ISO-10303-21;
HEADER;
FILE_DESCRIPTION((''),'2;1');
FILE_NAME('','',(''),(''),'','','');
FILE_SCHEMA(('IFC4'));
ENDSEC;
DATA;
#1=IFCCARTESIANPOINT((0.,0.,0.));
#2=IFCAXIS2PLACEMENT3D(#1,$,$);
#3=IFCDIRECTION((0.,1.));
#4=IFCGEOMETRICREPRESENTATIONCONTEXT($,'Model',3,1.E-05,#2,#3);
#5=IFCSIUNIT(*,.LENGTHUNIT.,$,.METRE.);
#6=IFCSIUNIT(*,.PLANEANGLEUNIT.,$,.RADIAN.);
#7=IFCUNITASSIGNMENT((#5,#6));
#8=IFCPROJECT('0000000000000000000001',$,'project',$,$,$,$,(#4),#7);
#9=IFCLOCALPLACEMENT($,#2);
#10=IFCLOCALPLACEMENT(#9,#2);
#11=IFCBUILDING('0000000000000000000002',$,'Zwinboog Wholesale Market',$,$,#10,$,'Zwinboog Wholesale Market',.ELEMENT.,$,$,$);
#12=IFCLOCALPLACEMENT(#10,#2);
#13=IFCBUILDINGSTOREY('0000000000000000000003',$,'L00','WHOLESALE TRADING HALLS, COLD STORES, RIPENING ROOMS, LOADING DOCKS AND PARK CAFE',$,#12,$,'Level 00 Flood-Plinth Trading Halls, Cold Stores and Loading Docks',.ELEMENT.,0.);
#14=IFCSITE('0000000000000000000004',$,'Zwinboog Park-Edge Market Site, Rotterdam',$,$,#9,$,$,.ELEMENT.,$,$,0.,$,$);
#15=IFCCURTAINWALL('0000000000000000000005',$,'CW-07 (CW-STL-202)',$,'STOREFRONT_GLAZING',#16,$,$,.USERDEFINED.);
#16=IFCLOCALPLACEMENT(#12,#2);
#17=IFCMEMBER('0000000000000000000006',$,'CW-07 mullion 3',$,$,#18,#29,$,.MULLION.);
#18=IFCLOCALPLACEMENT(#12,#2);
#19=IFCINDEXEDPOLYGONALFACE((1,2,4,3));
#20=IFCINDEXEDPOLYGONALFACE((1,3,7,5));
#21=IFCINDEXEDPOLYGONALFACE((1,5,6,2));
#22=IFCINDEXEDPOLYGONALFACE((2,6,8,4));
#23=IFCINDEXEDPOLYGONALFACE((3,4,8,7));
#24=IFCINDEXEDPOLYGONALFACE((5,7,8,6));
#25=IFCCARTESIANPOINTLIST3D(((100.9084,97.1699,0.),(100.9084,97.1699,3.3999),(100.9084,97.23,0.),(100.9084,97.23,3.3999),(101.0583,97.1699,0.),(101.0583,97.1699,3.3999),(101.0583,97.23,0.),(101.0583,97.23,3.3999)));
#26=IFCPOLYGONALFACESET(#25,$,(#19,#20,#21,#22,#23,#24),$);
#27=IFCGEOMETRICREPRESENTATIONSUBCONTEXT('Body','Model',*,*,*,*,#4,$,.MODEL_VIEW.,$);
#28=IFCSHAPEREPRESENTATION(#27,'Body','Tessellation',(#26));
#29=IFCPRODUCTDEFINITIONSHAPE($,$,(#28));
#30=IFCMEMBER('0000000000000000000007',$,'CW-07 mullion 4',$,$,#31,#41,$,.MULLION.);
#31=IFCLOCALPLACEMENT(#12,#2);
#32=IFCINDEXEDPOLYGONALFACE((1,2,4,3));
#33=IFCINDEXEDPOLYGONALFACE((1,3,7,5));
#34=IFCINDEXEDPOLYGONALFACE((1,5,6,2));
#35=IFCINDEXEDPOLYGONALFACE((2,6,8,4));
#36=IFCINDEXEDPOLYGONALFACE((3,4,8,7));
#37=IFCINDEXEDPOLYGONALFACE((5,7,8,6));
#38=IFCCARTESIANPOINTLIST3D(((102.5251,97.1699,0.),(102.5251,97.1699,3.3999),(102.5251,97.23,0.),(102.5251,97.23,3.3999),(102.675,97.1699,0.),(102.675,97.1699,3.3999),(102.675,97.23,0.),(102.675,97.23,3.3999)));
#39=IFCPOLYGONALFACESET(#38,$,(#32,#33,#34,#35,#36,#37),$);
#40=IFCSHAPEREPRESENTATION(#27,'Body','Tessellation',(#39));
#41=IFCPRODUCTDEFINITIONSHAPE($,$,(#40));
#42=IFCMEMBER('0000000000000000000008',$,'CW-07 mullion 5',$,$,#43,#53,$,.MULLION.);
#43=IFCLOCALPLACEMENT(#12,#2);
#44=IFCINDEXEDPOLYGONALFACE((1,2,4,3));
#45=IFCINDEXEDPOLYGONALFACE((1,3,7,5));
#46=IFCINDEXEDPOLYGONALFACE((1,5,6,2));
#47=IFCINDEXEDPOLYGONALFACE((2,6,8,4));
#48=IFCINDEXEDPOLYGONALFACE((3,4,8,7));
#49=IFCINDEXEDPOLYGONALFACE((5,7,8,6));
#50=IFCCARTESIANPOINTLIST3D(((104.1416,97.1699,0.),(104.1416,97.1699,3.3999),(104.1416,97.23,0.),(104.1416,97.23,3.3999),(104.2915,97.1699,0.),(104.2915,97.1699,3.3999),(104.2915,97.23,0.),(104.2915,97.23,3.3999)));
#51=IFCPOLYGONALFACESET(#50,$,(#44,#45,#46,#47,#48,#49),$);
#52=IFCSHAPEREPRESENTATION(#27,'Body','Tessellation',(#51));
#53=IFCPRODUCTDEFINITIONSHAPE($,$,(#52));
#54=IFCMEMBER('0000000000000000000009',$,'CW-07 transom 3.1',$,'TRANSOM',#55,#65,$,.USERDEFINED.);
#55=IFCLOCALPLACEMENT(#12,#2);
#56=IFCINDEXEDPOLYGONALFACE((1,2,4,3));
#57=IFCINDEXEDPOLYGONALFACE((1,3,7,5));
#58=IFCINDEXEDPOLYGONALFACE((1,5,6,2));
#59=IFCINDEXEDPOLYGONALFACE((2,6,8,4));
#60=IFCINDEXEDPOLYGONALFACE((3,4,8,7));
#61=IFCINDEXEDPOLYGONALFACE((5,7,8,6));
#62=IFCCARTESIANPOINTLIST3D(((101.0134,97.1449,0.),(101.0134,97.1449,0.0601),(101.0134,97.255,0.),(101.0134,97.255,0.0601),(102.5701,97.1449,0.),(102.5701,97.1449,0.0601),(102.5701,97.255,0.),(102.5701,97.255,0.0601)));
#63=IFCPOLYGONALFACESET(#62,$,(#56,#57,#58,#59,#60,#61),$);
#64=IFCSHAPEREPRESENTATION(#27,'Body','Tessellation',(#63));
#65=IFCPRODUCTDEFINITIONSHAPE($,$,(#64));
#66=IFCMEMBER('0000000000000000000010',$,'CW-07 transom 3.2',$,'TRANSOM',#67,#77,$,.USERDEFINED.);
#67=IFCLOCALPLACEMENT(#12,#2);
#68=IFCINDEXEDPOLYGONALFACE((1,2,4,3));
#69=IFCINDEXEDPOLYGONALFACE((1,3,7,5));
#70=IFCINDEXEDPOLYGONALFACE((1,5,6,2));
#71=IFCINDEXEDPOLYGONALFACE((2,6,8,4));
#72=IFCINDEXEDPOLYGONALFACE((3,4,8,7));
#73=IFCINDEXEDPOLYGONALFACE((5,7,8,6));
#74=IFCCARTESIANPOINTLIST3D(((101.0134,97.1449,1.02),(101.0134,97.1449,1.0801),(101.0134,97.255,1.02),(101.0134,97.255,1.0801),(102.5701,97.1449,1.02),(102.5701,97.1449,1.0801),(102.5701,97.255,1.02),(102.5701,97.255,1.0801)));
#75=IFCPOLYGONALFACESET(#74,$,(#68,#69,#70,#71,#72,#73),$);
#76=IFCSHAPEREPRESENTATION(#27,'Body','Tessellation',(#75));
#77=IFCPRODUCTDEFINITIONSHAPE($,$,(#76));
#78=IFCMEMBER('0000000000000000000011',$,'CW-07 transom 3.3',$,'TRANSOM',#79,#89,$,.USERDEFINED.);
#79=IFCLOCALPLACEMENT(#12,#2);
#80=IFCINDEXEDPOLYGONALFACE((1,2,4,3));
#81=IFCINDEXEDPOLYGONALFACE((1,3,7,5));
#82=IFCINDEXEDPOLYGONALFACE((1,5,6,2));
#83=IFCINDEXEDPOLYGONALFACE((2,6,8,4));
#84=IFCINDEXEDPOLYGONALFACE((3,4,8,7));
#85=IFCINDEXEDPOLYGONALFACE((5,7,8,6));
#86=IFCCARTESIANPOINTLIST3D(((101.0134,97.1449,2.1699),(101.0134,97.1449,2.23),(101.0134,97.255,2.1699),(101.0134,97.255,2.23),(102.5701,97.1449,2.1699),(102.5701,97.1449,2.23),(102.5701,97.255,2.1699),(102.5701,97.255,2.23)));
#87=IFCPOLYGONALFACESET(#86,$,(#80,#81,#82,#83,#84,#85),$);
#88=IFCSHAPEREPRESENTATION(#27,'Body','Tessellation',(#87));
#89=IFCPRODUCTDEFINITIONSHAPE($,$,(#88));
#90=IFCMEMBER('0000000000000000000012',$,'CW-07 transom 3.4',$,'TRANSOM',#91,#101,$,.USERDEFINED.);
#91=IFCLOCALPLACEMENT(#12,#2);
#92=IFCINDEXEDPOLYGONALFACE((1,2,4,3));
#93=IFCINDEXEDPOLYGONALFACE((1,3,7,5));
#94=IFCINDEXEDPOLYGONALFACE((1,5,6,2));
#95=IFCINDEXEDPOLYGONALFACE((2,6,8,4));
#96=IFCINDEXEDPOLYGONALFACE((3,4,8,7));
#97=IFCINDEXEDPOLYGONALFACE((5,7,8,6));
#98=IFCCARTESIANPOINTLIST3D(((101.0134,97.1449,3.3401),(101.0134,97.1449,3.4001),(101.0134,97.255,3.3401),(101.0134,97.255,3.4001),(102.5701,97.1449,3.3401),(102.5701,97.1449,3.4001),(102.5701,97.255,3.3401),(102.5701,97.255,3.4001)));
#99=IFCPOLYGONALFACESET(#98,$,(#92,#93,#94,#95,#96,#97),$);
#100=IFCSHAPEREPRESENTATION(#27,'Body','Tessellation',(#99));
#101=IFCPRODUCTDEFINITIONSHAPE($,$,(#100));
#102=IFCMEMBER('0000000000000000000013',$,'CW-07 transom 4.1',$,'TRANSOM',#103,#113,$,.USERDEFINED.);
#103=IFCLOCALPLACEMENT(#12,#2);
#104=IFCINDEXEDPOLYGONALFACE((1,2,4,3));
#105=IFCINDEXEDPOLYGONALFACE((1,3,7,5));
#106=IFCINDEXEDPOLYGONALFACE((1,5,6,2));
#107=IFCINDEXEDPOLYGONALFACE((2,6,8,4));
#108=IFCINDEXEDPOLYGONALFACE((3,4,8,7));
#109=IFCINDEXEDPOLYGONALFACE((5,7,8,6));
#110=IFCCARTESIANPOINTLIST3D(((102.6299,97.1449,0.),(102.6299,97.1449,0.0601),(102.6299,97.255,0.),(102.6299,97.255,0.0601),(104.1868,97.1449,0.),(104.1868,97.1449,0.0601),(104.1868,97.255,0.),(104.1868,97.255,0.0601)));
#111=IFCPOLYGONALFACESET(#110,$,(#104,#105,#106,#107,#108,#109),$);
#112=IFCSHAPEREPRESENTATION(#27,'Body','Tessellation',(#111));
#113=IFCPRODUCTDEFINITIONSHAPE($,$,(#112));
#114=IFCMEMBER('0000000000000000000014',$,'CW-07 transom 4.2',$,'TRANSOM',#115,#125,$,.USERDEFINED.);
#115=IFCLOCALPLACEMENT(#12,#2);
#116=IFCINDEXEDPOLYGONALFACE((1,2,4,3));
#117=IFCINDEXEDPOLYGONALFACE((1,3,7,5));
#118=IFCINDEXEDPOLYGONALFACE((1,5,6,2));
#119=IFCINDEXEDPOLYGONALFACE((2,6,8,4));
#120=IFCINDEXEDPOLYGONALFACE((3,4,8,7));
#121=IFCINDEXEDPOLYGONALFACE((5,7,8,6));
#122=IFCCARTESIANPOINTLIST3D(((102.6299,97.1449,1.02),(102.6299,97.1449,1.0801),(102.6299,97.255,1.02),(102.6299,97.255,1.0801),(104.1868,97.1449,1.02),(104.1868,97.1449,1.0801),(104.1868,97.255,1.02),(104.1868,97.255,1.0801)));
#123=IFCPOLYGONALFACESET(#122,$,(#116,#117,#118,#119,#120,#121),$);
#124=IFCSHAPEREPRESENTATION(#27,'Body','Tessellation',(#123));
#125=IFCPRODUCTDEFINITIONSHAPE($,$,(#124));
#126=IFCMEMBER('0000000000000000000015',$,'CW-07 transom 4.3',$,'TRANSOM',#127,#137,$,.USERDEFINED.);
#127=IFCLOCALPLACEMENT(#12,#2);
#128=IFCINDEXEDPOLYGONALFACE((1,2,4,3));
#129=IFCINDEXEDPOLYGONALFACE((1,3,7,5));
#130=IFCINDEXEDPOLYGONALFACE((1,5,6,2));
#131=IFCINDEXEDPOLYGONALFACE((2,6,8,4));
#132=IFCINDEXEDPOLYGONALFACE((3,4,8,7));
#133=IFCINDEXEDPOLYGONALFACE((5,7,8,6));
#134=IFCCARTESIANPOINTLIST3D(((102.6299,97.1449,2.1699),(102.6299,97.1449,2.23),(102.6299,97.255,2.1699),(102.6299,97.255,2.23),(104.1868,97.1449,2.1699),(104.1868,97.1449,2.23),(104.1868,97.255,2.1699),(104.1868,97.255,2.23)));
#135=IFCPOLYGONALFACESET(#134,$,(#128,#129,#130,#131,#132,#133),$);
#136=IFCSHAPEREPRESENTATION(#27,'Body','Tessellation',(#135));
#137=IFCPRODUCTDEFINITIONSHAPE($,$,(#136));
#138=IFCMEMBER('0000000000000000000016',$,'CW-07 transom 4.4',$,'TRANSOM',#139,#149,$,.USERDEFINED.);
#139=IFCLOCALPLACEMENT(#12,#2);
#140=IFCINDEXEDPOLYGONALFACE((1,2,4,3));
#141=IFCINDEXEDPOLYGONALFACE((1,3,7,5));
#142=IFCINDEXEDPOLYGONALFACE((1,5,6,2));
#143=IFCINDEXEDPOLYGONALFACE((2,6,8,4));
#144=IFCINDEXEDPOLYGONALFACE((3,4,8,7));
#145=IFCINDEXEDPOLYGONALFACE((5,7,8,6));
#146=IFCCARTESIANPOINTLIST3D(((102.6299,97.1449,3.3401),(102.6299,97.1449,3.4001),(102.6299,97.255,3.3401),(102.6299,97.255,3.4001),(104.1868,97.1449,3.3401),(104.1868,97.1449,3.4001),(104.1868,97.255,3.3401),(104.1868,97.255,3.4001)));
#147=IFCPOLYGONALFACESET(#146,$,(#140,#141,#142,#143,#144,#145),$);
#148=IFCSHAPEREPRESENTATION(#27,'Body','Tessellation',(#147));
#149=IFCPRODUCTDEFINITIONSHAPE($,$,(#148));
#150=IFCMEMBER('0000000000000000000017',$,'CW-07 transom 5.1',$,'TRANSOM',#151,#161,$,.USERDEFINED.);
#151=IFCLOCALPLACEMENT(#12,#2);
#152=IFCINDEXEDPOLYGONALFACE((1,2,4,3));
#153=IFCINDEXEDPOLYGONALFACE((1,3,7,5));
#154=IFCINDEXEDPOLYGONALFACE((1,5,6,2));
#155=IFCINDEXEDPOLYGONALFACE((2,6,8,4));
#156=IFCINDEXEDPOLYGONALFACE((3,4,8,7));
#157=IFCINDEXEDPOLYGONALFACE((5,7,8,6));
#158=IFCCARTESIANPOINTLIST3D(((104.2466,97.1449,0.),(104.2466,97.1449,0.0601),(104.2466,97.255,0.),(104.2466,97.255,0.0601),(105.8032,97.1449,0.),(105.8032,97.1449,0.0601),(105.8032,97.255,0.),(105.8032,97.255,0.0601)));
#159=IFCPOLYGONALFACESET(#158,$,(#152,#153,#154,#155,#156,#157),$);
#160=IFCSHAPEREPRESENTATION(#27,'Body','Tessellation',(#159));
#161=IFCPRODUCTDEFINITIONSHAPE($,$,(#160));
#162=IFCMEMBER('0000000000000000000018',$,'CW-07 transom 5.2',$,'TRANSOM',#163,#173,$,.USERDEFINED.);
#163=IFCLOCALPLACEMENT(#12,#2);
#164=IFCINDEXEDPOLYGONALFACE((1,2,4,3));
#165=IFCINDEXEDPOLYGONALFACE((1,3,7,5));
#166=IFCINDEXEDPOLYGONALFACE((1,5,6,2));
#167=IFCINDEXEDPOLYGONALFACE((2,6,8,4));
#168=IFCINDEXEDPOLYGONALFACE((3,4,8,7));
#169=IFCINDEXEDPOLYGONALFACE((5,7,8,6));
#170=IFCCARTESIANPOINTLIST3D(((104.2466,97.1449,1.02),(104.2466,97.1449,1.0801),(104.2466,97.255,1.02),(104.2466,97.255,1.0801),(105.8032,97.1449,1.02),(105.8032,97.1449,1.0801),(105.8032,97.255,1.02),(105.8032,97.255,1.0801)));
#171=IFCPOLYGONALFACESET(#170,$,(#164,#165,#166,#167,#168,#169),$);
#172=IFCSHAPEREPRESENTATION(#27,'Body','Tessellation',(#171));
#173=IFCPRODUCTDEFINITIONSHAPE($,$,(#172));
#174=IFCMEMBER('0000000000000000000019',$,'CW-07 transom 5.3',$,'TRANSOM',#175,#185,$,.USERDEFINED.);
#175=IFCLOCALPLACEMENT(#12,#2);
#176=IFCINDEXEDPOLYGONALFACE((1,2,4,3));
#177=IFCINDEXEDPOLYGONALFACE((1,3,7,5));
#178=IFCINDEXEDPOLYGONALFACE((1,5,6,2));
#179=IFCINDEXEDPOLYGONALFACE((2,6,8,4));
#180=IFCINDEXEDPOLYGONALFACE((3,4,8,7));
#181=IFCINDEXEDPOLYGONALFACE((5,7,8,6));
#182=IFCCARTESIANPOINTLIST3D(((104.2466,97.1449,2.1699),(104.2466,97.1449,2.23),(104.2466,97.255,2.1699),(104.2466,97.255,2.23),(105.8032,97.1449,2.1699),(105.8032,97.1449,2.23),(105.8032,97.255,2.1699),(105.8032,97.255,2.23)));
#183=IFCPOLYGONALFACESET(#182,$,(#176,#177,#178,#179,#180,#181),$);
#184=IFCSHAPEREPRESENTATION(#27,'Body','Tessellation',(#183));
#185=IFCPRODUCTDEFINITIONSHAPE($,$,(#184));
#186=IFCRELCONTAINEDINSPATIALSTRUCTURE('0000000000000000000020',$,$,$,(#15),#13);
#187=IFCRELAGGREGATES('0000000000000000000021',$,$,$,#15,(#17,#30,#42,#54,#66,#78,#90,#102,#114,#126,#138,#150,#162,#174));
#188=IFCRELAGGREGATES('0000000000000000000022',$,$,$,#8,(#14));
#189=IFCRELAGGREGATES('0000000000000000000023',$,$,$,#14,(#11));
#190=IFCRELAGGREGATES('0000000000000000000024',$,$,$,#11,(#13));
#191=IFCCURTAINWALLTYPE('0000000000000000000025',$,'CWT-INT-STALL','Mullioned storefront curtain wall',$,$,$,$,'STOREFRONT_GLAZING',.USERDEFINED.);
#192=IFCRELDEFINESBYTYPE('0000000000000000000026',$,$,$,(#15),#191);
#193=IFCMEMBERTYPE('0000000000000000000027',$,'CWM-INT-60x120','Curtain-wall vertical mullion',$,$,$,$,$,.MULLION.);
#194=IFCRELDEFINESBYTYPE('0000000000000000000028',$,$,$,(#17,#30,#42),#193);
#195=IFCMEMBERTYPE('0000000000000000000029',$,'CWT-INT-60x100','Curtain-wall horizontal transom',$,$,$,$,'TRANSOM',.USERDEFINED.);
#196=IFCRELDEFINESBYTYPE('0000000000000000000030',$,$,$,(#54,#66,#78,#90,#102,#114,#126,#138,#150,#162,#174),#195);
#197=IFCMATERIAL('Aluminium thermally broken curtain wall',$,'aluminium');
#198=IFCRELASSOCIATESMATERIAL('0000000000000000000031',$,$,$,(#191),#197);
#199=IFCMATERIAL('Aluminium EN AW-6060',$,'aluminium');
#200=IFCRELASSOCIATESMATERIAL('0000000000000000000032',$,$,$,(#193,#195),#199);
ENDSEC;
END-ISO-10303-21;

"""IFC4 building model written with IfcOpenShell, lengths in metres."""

from ifc_helpers import new_model, si_unit, direction, frame, origin, origin_2d, place, context, subcontext, project, spatial, rectangle, extrude, material, material_profile, profile_set, type_object, element, aggregate, save


model = new_model("IFC4")

# Units and contexts
model_context = context("Model", 3, precision=1e-05, world=origin(), true_north=direction((0.0, 1.0)))
body_context = subcontext(model_context, "Body", "Model", "MODEL_VIEW")
ifc_project = project(units=[si_unit("LENGTHUNIT", "METRE"), si_unit("PLANEANGLEUNIT", "RADIAN")], contexts=[model_context])

# Site, building, storey
site_placement = place(None, origin())
site = spatial("IfcSite", under=ifc_project, at=site_placement, Name="Zwinboog Park-Edge Market Site, Rotterdam", CompositionType="ELEMENT", RefElevation=0.0)
building_placement = place(site_placement, origin())
building = spatial("IfcBuilding", under=site, at=building_placement, Name="Zwinboog Wholesale Market", LongName="Zwinboog Wholesale Market", CompositionType="ELEMENT")
storey_placement = place(building_placement, origin())
storey = spatial("IfcBuildingStorey", under=building, at=storey_placement, Name="L00", Description="WHOLESALE TRADING HALLS, COLD STORES, RIPENING ROOMS, LOADING DOCKS AND PARK CAFE", LongName="Level 00 Flood-Plinth Trading Halls, Cold Stores and Loading Docks", CompositionType="ELEMENT", Elevation=0.0)

# Curtain wall, members
ifc_material_1 = material(Name="Aluminium thermally broken curtain wall", Category="aluminium")
curtain_wall_type = type_object("IfcCurtainWallType", Name="CWT-INT-STALL", Description="Mullioned storefront curtain wall", ElementType="STOREFRONT_GLAZING", PredefinedType="USERDEFINED", material=ifc_material_1)
curtain_wall_placement = place(storey_placement, origin())
curtain_wall = element("IfcCurtainWall", 1, at=curtain_wall_placement, inside=storey, type_object=curtain_wall_type, Name="CW-07 (CW-STL-202)", ObjectType="STOREFRONT_GLAZING", PredefinedType="USERDEFINED")
ifc_material_2 = material(Name="Aluminium EN AW-6060", Category="aluminium")
ifc_material_profile_1 = material_profile(ifc_material_2, rectangle(XDim=0.0601, YDim=0.1499, at=origin_2d()), Name="AL 60x150")
ifc_profile_set_1 = profile_set([ifc_material_profile_1], Name="Aluminium EN AW-6060")
member_type_1 = type_object("IfcMemberType", Name="CWM-INT-60x120", Description="Curtain-wall vertical mullion", PredefinedType="MULLION", material=ifc_profile_set_1)
member_1_placement = place(storey_placement, frame((100.9834, 97.2, 0.0), z_axis=(0.0, 0.0, 1.0), x_axis=(0.0, 1.0, 0.0)))
member_1 = element("IfcMember", 2, at=member_1_placement, type_object=member_type_1, Name="CW-07 mullion 3", PredefinedType="MULLION", context=body_context, shape_type="SweptSolid", body=[
    extrude(rectangle(XDim=0.0601, YDim=0.1499, at=origin_2d()), origin(), (0.0, 0.0, 1.0), 3.3999),
])
member_2_placement = place(storey_placement, frame((102.6001, 97.2, 0.0), z_axis=(0.0, 0.0, 1.0), x_axis=(0.0, 1.0, 0.0)))
member_2 = element("IfcMember", 3, at=member_2_placement, type_object=member_type_1, Name="CW-07 mullion 4", PredefinedType="MULLION", context=body_context, shape_type="SweptSolid", body=[
    extrude(rectangle(XDim=0.0601, YDim=0.1499, at=origin_2d()), origin(), (0.0, 0.0, 1.0), 3.3999),
])
member_3_placement = place(storey_placement, frame((104.2166, 97.2, 0.0), z_axis=(0.0, 0.0, 1.0), x_axis=(0.0, 1.0, 0.0)))
member_3 = element("IfcMember", 4, at=member_3_placement, type_object=member_type_1, Name="CW-07 mullion 5", PredefinedType="MULLION", context=body_context, shape_type="SweptSolid", body=[
    extrude(rectangle(XDim=0.0601, YDim=0.1499, at=origin_2d()), origin(), (0.0, 0.0, 1.0), 3.3999),
])
ifc_material_profile_2 = material_profile(ifc_material_2, rectangle(XDim=0.1101, YDim=0.0601, at=origin_2d()), Name="AL 60x110")
ifc_profile_set_2 = profile_set([ifc_material_profile_2], Name="Aluminium EN AW-6060")
member_type_2 = type_object("IfcMemberType", Name="CWT-INT-60x100", Description="Curtain-wall horizontal transom", ElementType="TRANSOM", PredefinedType="USERDEFINED", material=ifc_profile_set_2)
member_4_placement = place(storey_placement, frame((101.0134, 97.2, 0.03), z_axis=(1.0, 0.0, 0.0), x_axis=(0.0, 1.0, 0.0)))
member_4 = element("IfcMember", 5, at=member_4_placement, type_object=member_type_2, Name="CW-07 transom 3.1", ObjectType="TRANSOM", PredefinedType="USERDEFINED", context=body_context, shape_type="SweptSolid", body=[
    extrude(rectangle(XDim=0.1101, YDim=0.0601, at=origin_2d()), origin(), (0.0, 0.0, 1.0), 1.5566),
])
member_5_placement = place(storey_placement, frame((101.0134, 97.2, 1.05), z_axis=(1.0, 0.0, 0.0), x_axis=(0.0, 1.0, 0.0)))
member_5 = element("IfcMember", 6, at=member_5_placement, type_object=member_type_2, Name="CW-07 transom 3.2", ObjectType="TRANSOM", PredefinedType="USERDEFINED", context=body_context, shape_type="SweptSolid", body=[
    extrude(rectangle(XDim=0.1101, YDim=0.0601, at=origin_2d()), origin(), (0.0, 0.0, 1.0), 1.5566),
])
member_6_placement = place(storey_placement, frame((101.0134, 97.2, 2.2), z_axis=(1.0, 0.0, 0.0), x_axis=(0.0, 1.0, 0.0)))
member_6 = element("IfcMember", 7, at=member_6_placement, type_object=member_type_2, Name="CW-07 transom 3.3", ObjectType="TRANSOM", PredefinedType="USERDEFINED", context=body_context, shape_type="SweptSolid", body=[
    extrude(rectangle(XDim=0.1101, YDim=0.0601, at=origin_2d()), origin(), (0.0, 0.0, 1.0), 1.5566),
])
member_7_placement = place(storey_placement, frame((101.0134, 97.2, 3.3701), z_axis=(1.0, 0.0, 0.0), x_axis=(0.0, 1.0, 0.0)))
member_7 = element("IfcMember", 8, at=member_7_placement, type_object=member_type_2, Name="CW-07 transom 3.4", ObjectType="TRANSOM", PredefinedType="USERDEFINED", context=body_context, shape_type="SweptSolid", body=[
    extrude(rectangle(XDim=0.1101, YDim=0.0601, at=origin_2d()), origin(), (0.0, 0.0, 1.0), 1.5566),
])
member_8_placement = place(storey_placement, frame((102.6299, 97.2, 0.03), z_axis=(1.0, 0.0, 0.0), x_axis=(0.0, 1.0, 0.0)))
member_8 = element("IfcMember", 9, at=member_8_placement, type_object=member_type_2, Name="CW-07 transom 4.1", ObjectType="TRANSOM", PredefinedType="USERDEFINED", context=body_context, shape_type="SweptSolid", body=[
    extrude(rectangle(XDim=0.1101, YDim=0.0601, at=origin_2d()), origin(), (0.0, 0.0, 1.0), 1.5569),
])
member_9_placement = place(storey_placement, frame((102.6299, 97.2, 1.05), z_axis=(1.0, 0.0, 0.0), x_axis=(0.0, 1.0, 0.0)))
member_9 = element("IfcMember", 10, at=member_9_placement, type_object=member_type_2, Name="CW-07 transom 4.2", ObjectType="TRANSOM", PredefinedType="USERDEFINED", context=body_context, shape_type="SweptSolid", body=[
    extrude(rectangle(XDim=0.1101, YDim=0.0601, at=origin_2d()), origin(), (0.0, 0.0, 1.0), 1.5569),
])
member_10_placement = place(storey_placement, frame((102.6299, 97.2, 2.2), z_axis=(1.0, 0.0, 0.0), x_axis=(0.0, 1.0, 0.0)))
member_10 = element("IfcMember", 11, at=member_10_placement, type_object=member_type_2, Name="CW-07 transom 4.3", ObjectType="TRANSOM", PredefinedType="USERDEFINED", context=body_context, shape_type="SweptSolid", body=[
    extrude(rectangle(XDim=0.1101, YDim=0.0601, at=origin_2d()), origin(), (0.0, 0.0, 1.0), 1.5569),
])
member_11_placement = place(storey_placement, frame((102.6299, 97.2, 3.3701), z_axis=(1.0, 0.0, 0.0), x_axis=(0.0, 1.0, 0.0)))
member_11 = element("IfcMember", 12, at=member_11_placement, type_object=member_type_2, Name="CW-07 transom 4.4", ObjectType="TRANSOM", PredefinedType="USERDEFINED", context=body_context, shape_type="SweptSolid", body=[
    extrude(rectangle(XDim=0.1101, YDim=0.0601, at=origin_2d()), origin(), (0.0, 0.0, 1.0), 1.5569),
])
member_12_placement = place(storey_placement, frame((104.2466, 97.2, 0.03), z_axis=(1.0, 0.0, 0.0), x_axis=(0.0, 1.0, 0.0)))
member_12 = element("IfcMember", 13, at=member_12_placement, type_object=member_type_2, Name="CW-07 transom 5.1", ObjectType="TRANSOM", PredefinedType="USERDEFINED", context=body_context, shape_type="SweptSolid", body=[
    extrude(rectangle(XDim=0.1101, YDim=0.0601, at=origin_2d()), origin(), (0.0, 0.0, 1.0), 1.5566),
])
member_13_placement = place(storey_placement, frame((104.2466, 97.2, 1.05), z_axis=(1.0, 0.0, 0.0), x_axis=(0.0, 1.0, 0.0)))
member_13 = element("IfcMember", 14, at=member_13_placement, type_object=member_type_2, Name="CW-07 transom 5.2", ObjectType="TRANSOM", PredefinedType="USERDEFINED", context=body_context, shape_type="SweptSolid", body=[
    extrude(rectangle(XDim=0.1101, YDim=0.0601, at=origin_2d()), origin(), (0.0, 0.0, 1.0), 1.5566),
])
member_14_placement = place(storey_placement, frame((104.2466, 97.2, 2.2), z_axis=(1.0, 0.0, 0.0), x_axis=(0.0, 1.0, 0.0)))
member_14 = element("IfcMember", 15, at=member_14_placement, type_object=member_type_2, Name="CW-07 transom 5.3", ObjectType="TRANSOM", PredefinedType="USERDEFINED", context=body_context, shape_type="SweptSolid", body=[
    extrude(rectangle(XDim=0.1101, YDim=0.0601, at=origin_2d()), origin(), (0.0, 0.0, 1.0), 1.5566),
])
aggregate(curtain_wall, [member_1, member_2, member_3, member_4, member_5, member_6, member_7, member_8, member_9, member_10, member_11, member_12, member_13, member_14])

save(model, "model.ifc")
